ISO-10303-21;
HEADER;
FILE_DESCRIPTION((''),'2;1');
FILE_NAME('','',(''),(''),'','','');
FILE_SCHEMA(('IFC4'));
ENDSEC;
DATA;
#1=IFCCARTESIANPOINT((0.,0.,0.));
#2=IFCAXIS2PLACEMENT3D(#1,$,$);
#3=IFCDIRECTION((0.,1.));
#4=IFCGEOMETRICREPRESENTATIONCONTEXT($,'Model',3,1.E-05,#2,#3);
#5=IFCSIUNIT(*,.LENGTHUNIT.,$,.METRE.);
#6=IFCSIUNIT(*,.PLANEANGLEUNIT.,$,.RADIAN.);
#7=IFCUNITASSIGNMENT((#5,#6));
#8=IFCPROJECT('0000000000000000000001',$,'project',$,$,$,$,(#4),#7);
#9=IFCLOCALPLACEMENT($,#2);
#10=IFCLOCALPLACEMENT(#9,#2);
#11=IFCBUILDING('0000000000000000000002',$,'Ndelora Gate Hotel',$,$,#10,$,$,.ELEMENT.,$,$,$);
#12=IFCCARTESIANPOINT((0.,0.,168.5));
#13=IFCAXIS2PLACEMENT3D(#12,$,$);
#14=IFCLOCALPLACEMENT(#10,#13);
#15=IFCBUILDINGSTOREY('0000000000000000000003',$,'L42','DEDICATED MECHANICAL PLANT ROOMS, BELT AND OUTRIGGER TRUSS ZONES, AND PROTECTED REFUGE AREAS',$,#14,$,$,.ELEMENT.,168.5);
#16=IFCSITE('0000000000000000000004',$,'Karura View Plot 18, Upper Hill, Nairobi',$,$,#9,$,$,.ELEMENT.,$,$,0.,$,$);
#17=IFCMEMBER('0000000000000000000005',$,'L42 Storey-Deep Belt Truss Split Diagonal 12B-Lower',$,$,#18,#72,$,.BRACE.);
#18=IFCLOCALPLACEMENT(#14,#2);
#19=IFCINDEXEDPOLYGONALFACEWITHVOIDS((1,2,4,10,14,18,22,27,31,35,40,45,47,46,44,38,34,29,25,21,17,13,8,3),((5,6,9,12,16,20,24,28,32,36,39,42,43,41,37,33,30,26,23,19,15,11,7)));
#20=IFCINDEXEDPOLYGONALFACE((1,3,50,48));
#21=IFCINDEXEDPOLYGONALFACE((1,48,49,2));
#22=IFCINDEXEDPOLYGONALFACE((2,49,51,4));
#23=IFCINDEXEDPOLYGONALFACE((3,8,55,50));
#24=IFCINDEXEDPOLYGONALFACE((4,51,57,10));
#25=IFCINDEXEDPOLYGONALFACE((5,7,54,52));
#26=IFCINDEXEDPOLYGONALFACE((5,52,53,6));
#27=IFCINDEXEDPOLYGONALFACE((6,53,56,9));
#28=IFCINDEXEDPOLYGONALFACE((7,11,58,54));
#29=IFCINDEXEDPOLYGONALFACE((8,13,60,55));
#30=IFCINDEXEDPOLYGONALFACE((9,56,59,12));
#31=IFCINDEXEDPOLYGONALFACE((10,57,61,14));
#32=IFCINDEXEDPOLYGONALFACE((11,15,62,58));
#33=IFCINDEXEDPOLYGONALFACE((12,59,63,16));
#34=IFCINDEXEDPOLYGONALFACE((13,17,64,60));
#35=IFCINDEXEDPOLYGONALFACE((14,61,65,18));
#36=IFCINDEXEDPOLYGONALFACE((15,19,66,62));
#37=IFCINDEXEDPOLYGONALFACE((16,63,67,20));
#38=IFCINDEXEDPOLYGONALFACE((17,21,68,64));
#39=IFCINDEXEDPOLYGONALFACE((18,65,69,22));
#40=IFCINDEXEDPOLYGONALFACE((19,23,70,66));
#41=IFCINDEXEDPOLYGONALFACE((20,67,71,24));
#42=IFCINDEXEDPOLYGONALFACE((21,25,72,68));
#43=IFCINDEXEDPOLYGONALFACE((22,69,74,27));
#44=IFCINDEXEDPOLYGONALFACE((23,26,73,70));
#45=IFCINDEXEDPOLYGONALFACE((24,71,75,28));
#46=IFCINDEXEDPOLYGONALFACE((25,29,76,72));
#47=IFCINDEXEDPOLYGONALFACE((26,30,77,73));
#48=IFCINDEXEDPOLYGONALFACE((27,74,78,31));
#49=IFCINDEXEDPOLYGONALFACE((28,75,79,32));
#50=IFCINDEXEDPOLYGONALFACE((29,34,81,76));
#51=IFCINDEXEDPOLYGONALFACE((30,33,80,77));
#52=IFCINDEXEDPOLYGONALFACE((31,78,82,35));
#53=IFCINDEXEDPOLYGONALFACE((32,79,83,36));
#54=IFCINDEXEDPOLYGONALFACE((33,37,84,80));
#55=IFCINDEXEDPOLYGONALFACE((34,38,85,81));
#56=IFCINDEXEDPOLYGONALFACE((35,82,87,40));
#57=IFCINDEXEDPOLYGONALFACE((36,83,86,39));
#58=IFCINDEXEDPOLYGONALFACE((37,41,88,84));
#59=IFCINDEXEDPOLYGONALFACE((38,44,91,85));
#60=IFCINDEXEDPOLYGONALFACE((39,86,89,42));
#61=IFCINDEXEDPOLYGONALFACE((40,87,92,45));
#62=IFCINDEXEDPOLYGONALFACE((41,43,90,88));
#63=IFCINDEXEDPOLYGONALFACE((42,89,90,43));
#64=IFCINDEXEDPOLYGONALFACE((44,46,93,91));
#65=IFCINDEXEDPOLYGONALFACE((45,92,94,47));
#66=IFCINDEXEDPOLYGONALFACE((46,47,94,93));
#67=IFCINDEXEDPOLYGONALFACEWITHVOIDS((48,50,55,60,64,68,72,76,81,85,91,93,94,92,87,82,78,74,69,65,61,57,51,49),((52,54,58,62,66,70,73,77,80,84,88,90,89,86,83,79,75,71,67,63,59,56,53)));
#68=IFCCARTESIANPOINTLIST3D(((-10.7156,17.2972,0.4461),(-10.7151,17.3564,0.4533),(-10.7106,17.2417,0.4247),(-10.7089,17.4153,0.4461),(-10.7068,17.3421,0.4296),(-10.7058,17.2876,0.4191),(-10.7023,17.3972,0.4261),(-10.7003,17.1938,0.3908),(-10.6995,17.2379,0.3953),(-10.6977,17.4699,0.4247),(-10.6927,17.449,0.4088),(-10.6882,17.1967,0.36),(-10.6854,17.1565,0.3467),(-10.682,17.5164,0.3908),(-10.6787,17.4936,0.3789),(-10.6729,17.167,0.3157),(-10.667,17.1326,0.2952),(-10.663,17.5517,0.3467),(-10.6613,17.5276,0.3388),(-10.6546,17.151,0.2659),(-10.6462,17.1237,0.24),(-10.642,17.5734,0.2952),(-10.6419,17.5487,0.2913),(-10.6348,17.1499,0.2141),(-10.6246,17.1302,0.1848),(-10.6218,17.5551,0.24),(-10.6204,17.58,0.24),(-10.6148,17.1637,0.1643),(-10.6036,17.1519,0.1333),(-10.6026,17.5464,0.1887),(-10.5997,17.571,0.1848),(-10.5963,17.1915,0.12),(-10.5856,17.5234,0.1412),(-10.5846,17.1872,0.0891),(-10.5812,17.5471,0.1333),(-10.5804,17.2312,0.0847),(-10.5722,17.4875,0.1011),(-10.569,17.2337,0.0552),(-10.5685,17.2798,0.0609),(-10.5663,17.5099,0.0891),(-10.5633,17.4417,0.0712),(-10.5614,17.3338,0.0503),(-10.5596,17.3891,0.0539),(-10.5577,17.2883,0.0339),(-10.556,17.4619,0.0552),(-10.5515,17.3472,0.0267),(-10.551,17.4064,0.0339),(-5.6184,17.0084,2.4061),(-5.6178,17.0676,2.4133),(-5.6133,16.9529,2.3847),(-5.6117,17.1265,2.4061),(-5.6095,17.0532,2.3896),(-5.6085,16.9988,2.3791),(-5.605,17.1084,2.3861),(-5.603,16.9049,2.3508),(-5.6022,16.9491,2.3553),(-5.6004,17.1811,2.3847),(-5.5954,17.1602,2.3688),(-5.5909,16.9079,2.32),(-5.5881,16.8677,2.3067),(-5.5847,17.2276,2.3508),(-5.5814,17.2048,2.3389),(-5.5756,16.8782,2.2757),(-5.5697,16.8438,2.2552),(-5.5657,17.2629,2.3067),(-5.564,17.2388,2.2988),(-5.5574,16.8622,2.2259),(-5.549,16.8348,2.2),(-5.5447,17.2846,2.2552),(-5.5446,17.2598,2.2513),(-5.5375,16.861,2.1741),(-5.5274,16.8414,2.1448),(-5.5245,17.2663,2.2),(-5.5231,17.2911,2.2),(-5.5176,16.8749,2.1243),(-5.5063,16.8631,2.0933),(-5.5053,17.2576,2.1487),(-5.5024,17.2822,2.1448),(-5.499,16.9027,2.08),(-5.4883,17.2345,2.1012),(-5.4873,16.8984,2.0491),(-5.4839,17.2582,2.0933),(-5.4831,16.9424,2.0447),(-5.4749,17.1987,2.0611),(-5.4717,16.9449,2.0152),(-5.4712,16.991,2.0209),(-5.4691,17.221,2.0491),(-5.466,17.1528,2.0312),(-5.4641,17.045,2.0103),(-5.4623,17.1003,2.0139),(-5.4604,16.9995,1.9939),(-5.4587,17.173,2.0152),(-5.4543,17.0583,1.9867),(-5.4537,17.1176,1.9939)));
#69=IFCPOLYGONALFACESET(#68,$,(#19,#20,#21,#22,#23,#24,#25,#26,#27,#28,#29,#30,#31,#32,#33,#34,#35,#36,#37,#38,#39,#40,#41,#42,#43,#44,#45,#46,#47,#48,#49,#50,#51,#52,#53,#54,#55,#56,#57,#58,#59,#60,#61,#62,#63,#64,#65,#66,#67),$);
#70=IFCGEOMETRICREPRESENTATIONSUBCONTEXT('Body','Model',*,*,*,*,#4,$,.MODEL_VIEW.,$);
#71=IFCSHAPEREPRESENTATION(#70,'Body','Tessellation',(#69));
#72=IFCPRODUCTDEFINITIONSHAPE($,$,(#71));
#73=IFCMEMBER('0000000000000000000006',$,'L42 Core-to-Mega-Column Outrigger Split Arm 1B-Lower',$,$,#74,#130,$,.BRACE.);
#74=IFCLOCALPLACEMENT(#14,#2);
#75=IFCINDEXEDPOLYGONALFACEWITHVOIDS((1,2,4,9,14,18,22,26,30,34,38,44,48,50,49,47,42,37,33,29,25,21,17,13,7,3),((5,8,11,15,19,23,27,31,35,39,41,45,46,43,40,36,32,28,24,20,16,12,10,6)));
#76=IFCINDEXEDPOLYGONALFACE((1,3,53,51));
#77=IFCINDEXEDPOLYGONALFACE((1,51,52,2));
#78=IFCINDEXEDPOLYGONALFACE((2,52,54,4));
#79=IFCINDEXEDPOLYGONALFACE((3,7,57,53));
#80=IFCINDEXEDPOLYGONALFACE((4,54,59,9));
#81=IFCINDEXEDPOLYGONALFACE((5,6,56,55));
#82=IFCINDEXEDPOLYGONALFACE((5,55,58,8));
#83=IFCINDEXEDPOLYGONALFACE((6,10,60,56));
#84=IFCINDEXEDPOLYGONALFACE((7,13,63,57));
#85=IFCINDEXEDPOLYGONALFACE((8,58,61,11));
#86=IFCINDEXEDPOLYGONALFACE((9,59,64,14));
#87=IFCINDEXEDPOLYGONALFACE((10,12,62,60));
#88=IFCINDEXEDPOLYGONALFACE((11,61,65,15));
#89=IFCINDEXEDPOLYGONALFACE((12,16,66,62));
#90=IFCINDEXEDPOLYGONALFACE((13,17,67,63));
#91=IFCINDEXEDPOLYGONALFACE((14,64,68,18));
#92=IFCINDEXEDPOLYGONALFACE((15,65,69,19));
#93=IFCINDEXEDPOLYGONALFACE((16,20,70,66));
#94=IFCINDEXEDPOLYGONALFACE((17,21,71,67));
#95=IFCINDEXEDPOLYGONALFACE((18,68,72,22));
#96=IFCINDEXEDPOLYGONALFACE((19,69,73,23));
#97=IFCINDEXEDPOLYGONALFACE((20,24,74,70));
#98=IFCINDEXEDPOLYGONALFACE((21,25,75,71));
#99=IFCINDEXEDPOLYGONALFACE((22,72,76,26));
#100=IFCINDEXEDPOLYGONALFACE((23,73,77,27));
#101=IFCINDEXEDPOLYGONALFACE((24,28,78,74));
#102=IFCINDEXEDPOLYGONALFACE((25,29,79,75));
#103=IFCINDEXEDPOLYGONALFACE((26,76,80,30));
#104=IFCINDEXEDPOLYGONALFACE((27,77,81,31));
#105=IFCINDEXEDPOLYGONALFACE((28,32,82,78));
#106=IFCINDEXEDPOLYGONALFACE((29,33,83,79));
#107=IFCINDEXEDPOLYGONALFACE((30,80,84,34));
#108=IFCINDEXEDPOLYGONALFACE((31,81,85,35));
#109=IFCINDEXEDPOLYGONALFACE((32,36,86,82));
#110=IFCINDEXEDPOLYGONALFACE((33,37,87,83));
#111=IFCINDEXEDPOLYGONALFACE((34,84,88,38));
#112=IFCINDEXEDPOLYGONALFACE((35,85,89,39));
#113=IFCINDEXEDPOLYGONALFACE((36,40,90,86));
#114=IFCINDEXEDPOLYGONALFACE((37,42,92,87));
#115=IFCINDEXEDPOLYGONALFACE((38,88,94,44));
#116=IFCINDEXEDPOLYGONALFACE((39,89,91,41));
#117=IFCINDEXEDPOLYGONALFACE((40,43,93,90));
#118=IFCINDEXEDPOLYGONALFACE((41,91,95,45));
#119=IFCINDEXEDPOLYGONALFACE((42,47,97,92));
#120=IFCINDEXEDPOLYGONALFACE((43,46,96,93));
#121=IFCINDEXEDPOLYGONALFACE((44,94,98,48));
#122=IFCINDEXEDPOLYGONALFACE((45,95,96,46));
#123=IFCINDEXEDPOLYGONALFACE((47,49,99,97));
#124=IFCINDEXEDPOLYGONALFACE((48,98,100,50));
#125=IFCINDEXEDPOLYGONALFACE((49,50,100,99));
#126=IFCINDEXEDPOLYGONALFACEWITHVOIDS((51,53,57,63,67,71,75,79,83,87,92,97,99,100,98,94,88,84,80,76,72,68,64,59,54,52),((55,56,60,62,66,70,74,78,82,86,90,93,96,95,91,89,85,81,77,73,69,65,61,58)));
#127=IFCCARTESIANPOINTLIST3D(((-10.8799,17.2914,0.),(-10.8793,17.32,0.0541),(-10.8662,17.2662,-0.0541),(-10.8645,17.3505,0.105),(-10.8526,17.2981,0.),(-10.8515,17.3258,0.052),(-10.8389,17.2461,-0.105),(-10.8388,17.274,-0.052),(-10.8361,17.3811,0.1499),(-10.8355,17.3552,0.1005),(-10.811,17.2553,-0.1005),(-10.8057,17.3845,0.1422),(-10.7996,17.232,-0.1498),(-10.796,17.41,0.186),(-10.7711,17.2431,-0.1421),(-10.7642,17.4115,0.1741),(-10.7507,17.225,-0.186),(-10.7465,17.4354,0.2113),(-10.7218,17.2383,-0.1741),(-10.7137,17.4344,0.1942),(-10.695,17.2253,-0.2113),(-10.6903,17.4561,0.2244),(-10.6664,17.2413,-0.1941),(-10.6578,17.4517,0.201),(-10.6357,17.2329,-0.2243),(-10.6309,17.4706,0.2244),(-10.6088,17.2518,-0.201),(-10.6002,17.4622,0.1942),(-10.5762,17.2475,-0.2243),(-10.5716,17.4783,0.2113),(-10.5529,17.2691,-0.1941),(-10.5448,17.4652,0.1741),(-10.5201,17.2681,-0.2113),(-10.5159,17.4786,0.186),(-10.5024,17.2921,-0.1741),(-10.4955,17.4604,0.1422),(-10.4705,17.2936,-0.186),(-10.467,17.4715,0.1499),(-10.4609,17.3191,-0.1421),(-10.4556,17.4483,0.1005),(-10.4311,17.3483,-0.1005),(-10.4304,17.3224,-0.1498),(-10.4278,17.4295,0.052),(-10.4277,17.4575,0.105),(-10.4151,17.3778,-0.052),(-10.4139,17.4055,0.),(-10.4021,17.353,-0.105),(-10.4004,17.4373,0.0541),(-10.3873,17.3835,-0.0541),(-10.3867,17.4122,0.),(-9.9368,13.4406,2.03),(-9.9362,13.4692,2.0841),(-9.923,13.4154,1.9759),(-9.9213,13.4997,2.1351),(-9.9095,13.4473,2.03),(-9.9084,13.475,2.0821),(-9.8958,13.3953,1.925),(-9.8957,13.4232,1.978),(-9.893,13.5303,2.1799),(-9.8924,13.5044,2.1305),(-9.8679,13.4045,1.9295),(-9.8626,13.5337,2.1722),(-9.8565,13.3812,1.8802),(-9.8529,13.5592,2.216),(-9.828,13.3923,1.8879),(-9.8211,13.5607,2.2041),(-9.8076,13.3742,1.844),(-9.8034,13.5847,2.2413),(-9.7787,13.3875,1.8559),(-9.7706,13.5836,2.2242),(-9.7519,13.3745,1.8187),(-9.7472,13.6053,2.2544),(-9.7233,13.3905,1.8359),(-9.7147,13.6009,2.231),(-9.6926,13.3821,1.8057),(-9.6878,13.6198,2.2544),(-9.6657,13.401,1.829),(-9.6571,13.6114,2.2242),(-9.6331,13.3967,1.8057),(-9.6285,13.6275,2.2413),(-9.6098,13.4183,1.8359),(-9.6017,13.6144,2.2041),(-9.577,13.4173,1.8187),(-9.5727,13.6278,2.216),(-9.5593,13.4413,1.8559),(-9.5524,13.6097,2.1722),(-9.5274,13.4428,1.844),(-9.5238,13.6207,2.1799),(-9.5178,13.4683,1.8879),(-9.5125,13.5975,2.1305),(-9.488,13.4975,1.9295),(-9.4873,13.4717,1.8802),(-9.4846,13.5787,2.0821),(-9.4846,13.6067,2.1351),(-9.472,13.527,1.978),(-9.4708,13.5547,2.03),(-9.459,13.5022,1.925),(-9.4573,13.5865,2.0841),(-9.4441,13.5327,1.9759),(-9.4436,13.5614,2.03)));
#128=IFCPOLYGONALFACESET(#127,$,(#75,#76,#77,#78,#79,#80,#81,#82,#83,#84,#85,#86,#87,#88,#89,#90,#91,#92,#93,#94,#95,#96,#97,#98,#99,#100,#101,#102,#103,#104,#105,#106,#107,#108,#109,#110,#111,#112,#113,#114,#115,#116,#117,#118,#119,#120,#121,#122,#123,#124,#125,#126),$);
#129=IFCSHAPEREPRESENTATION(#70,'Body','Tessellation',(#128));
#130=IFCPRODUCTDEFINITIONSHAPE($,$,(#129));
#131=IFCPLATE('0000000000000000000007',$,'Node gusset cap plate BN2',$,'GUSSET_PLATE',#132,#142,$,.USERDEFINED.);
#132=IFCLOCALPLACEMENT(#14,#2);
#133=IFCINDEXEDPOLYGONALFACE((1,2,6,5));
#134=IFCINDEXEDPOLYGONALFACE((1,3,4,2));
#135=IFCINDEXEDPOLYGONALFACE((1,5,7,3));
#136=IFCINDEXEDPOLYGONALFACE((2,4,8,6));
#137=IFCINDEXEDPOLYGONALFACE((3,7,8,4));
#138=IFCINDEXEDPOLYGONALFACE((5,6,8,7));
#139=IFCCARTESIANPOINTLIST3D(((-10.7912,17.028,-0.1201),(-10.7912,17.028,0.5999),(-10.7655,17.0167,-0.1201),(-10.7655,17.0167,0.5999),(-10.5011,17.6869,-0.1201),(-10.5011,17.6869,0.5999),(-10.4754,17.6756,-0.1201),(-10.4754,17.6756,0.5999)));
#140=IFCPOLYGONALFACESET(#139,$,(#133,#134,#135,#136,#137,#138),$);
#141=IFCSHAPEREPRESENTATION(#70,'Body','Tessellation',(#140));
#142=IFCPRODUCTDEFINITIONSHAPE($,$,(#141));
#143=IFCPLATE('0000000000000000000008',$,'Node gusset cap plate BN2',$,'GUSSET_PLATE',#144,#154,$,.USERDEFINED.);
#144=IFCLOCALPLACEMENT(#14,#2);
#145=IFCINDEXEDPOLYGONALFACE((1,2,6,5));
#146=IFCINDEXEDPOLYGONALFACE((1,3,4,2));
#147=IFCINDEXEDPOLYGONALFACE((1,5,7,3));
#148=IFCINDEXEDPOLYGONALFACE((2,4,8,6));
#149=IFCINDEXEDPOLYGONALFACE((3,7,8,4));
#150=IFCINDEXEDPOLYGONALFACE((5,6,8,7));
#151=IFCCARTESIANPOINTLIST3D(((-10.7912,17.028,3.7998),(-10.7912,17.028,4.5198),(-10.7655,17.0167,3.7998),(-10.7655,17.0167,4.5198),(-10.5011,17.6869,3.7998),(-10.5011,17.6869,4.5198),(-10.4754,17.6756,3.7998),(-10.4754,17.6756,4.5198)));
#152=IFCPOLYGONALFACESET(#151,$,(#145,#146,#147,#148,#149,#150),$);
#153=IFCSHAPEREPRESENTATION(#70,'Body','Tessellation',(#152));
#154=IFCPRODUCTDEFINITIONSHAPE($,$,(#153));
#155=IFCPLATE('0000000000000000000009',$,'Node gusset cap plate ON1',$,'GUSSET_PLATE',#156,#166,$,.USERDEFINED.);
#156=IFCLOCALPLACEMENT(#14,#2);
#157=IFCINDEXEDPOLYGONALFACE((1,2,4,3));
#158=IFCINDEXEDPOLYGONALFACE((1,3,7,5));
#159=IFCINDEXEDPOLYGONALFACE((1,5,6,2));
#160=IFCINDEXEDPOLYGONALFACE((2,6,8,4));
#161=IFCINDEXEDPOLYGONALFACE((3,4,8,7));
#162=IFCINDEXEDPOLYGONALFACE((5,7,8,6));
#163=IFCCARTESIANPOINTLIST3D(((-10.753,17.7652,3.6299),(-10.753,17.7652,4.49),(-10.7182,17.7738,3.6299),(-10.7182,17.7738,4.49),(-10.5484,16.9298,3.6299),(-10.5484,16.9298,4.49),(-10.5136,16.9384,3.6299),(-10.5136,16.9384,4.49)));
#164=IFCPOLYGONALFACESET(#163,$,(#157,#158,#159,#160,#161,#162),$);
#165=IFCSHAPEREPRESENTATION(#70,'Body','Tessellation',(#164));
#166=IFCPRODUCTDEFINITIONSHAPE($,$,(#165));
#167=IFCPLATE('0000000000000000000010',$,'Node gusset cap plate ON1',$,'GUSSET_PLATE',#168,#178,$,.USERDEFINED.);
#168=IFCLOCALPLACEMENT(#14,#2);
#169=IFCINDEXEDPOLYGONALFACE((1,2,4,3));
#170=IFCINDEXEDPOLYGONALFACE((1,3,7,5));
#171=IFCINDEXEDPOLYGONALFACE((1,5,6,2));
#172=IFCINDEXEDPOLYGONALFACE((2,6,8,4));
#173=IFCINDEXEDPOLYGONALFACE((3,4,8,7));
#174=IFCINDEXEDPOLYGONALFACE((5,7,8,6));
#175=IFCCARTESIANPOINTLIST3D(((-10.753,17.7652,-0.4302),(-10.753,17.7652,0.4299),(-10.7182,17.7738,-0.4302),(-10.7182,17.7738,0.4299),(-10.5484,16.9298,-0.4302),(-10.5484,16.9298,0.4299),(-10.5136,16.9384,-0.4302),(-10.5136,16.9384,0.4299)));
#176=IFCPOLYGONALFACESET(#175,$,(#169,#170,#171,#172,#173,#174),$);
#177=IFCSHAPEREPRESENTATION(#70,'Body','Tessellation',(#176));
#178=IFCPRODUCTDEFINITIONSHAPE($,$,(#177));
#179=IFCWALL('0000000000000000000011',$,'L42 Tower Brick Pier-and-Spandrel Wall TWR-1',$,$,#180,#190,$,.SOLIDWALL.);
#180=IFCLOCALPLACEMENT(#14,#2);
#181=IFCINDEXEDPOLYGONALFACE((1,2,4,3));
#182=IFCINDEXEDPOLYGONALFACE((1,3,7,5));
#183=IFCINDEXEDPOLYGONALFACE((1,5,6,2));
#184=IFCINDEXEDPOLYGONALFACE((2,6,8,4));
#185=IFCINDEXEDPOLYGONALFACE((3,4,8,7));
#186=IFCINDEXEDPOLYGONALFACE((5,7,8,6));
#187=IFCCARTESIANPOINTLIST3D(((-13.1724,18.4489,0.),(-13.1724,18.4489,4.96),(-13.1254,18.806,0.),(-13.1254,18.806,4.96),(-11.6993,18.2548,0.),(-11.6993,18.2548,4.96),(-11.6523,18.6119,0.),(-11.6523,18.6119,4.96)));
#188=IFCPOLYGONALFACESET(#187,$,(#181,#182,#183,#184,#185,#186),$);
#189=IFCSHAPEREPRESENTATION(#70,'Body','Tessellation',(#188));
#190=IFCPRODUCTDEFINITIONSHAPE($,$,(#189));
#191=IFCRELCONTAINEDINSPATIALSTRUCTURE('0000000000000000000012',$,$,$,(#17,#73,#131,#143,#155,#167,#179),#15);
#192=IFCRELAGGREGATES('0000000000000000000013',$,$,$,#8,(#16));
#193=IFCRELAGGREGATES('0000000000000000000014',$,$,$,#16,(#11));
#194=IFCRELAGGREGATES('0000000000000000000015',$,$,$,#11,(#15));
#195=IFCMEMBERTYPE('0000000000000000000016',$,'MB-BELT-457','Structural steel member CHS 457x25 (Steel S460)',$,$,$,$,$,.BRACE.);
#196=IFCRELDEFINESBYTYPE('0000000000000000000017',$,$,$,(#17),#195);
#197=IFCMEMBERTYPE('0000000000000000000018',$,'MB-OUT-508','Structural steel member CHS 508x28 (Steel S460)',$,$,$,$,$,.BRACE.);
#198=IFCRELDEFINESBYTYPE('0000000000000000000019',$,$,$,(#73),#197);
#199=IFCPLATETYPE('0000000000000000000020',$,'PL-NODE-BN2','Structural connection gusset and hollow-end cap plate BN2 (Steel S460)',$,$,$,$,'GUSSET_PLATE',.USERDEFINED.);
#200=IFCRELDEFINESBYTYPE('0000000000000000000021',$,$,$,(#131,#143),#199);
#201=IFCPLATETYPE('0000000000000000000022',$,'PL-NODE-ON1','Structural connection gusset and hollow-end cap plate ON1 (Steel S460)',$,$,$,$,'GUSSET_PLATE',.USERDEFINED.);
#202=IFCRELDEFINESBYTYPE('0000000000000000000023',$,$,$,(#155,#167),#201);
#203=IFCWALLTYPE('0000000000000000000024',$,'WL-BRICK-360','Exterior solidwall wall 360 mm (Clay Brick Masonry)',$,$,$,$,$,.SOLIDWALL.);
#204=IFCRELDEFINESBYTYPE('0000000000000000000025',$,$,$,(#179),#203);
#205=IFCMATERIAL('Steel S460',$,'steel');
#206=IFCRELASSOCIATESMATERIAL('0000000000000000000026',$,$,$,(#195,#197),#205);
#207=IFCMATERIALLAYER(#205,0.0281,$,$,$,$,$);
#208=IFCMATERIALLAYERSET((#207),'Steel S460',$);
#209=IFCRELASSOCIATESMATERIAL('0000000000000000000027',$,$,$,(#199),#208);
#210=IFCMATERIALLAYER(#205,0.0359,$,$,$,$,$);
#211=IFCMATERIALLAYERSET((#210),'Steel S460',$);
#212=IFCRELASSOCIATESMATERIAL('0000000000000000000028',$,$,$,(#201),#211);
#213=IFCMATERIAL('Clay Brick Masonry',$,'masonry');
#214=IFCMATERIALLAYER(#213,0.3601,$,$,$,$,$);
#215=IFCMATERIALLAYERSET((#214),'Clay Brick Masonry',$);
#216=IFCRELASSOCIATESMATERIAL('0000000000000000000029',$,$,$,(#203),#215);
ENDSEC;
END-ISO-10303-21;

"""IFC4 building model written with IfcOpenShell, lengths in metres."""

from ifc_helpers import new_model, si_unit, direction, frame, frame_2d, origin, origin_2d, place, context, subcontext, project, spatial, rectangle, hollow_circle, extrude, material, layer, layer_set, material_profile, profile_set, type_object, element, save


model = new_model("IFC4")

# Units and contexts
model_context = context("Model", 3, precision=1e-05, world=origin(), true_north=direction((0.0, 1.0)))
body_context = subcontext(model_context, "Body", "Model", "MODEL_VIEW")
ifc_project = project(units=[si_unit("LENGTHUNIT", "METRE"), si_unit("PLANEANGLEUNIT", "RADIAN")], contexts=[model_context])

# Site, building, storey
site_placement = place(None, origin())
site = spatial("IfcSite", under=ifc_project, at=site_placement, Name="Karura View Plot 18, Upper Hill, Nairobi", CompositionType="ELEMENT", RefElevation=0.0)
building_placement = place(site_placement, origin())
building = spatial("IfcBuilding", under=site, at=building_placement, Name="Ndelora Gate Hotel", CompositionType="ELEMENT")
storey_placement = place(building_placement, frame((0.0, 0.0, 168.5)))
storey = spatial("IfcBuildingStorey", under=building, at=storey_placement, Name="L42", Description="DEDICATED MECHANICAL PLANT ROOMS, BELT AND OUTRIGGER TRUSS ZONES, AND PROTECTED REFUGE AREAS", CompositionType="ELEMENT", Elevation=168.5)

# Shared definitions
ifc_material_1 = material(Name="Steel S460", Category="steel")

# Members
ifc_material_profile_1 = material_profile(ifc_material_1, hollow_circle(Radius=0.2285, WallThickness=0.0249, at=origin_2d()), Name="CHS 457x25")
ifc_profile_set_1 = profile_set([ifc_material_profile_1], Name="Steel S460")
member_type_1 = type_object("IfcMemberType", Name="MB-BELT-457", Description="Structural steel member CHS 457x25 (Steel S460)", PredefinedType="BRACE", material=ifc_profile_set_1)
member_1_placement = place(storey_placement, frame((-10.6333, 17.3518, 0.24), z_axis=(0.932073, -0.052814, 0.3584), x_axis=(0.056572, 0.998399, 0.0)))
element("IfcMember", 1, at=member_1_placement, inside=storey, type_object=member_type_1, Name="L42 Storey-Deep Belt Truss Split Diagonal 12B-Lower", PredefinedType="BRACE", context=body_context, shape_type="SweptSolid", body=[
    extrude(hollow_circle(Radius=0.2285, WallThickness=0.0249, at=origin_2d()), origin(), (0.0, 0.0, 1.0), 5.4688),
])
ifc_material_profile_2 = material_profile(ifc_material_1, hollow_circle(Radius=0.2539, WallThickness=0.0281, at=origin_2d()), Name="CHS 508x28")
ifc_profile_set_2 = profile_set([ifc_material_profile_2], Name="Steel S460")
member_type_2 = type_object("IfcMemberType", Name="MB-OUT-508", Description="Structural steel member CHS 508x28 (Steel S460)", PredefinedType="BRACE", material=ifc_profile_set_2)
member_2_placement = place(storey_placement, frame((-9.6902, 13.501, 2.03), z_axis=(-0.211739, 0.86455, -0.455762), x_axis=(-0.971294, -0.237882, 0.0)))
element("IfcMember", 2, at=member_2_placement, inside=storey, type_object=member_type_2, Name="L42 Core-to-Mega-Column Outrigger Split Arm 1B-Lower", PredefinedType="BRACE", context=body_context, shape_type="SweptSolid", body=[
    extrude(hollow_circle(Radius=0.2539, WallThickness=0.0281, at=origin_2d()), origin(), (0.0, 0.0, 1.0), 4.4541),
])

# Plates
ifc_layer_1 = layer(ifc_material_1, 0.0281)
ifc_layer_set_1 = layer_set([ifc_layer_1], Name="Steel S460")
plate_type_1 = type_object("IfcPlateType", Name="PL-NODE-BN2", Description="Structural connection gusset and hollow-end cap plate BN2 (Steel S460)", ElementType="GUSSET_PLATE", PredefinedType="USERDEFINED", material=ifc_layer_set_1)
for number, where, z_axis, x_axis, name in (
    (3, (-10.6333, 17.3518, -0.1201), (0.0, 0.0, 1.0), (0.402906, 0.915241, 0.0), "Node gusset cap plate BN2"),
    (4, (-10.6333, 17.3518, 3.7998), (0.0, 0.0, 1.0), (0.402906, 0.915241, 0.0), "Node gusset cap plate BN2"),
):
    element("IfcPlate", number, at=place(storey_placement, frame(where, z_axis=z_axis, x_axis=x_axis)), inside=storey, type_object=plate_type_1, Name=name, ObjectType="GUSSET_PLATE", PredefinedType="USERDEFINED", context=body_context, shape_type="SweptSolid", body=[
        extrude(rectangle(XDim=0.72, YDim=0.0281, at=origin_2d()), origin(), (0.0, 0.0, 1.0), 0.72),
    ])
ifc_layer_2 = layer(ifc_material_1, 0.0359)
ifc_layer_set_2 = layer_set([ifc_layer_2], Name="Steel S460")
plate_type_2 = type_object("IfcPlateType", Name="PL-NODE-ON1", Description="Structural connection gusset and hollow-end cap plate ON1 (Steel S460)", ElementType="GUSSET_PLATE", PredefinedType="USERDEFINED", material=ifc_layer_set_2)
for number, where, z_axis, x_axis, name in (
    (5, (-10.6333, 17.3518, 3.6299), (0.0, 0.0, 1.0), (-0.237855, 0.971301, 0.0), "Node gusset cap plate ON1"),
    (6, (-10.6333, 17.3518, -0.4302), (0.0, 0.0, 1.0), (-0.237855, 0.971301, 0.0), "Node gusset cap plate ON1"),
):
    element("IfcPlate", number, at=place(storey_placement, frame(where, z_axis=z_axis, x_axis=x_axis)), inside=storey, type_object=plate_type_2, Name=name, ObjectType="GUSSET_PLATE", PredefinedType="USERDEFINED", context=body_context, shape_type="SweptSolid", body=[
        extrude(rectangle(XDim=0.8601, YDim=0.0359, at=origin_2d()), origin(), (0.0, 0.0, 1.0), 0.8601),
    ])

# Wall
ifc_material_2 = material(Name="Clay Brick Masonry", Category="masonry")
ifc_layer_3 = layer(ifc_material_2, 0.3601)
ifc_layer_set_3 = layer_set([ifc_layer_3], Name="Clay Brick Masonry")
wall_type_1 = type_object("IfcWallType", Name="WL-BRICK-360", Description="Exterior solidwall wall 360 mm (Clay Brick Masonry)", PredefinedType="SOLIDWALL", material=ifc_layer_set_3)
for number, where, z_axis, x_axis, name in (
    (7, (-13.1489, 18.6274, 0.0), (0.0, 0.0, 1.0), (0.991432, -0.130625, 0.0), "L42 Tower Brick Pier-and-Spandrel Wall TWR-1"),
):
    element("IfcWall", number, at=place(storey_placement, frame(where, z_axis=z_axis, x_axis=x_axis)), inside=storey, type_object=wall_type_1, Name=name, PredefinedType="SOLIDWALL", context=body_context, shape_type="SweptSolid", body=[
        extrude(rectangle(XDim=1.4858, YDim=0.3601, at=frame_2d((0.7429, 0.0))), origin(), (0.0, 0.0, 1.0), 4.96),
    ])

save(model, "model.ifc")
